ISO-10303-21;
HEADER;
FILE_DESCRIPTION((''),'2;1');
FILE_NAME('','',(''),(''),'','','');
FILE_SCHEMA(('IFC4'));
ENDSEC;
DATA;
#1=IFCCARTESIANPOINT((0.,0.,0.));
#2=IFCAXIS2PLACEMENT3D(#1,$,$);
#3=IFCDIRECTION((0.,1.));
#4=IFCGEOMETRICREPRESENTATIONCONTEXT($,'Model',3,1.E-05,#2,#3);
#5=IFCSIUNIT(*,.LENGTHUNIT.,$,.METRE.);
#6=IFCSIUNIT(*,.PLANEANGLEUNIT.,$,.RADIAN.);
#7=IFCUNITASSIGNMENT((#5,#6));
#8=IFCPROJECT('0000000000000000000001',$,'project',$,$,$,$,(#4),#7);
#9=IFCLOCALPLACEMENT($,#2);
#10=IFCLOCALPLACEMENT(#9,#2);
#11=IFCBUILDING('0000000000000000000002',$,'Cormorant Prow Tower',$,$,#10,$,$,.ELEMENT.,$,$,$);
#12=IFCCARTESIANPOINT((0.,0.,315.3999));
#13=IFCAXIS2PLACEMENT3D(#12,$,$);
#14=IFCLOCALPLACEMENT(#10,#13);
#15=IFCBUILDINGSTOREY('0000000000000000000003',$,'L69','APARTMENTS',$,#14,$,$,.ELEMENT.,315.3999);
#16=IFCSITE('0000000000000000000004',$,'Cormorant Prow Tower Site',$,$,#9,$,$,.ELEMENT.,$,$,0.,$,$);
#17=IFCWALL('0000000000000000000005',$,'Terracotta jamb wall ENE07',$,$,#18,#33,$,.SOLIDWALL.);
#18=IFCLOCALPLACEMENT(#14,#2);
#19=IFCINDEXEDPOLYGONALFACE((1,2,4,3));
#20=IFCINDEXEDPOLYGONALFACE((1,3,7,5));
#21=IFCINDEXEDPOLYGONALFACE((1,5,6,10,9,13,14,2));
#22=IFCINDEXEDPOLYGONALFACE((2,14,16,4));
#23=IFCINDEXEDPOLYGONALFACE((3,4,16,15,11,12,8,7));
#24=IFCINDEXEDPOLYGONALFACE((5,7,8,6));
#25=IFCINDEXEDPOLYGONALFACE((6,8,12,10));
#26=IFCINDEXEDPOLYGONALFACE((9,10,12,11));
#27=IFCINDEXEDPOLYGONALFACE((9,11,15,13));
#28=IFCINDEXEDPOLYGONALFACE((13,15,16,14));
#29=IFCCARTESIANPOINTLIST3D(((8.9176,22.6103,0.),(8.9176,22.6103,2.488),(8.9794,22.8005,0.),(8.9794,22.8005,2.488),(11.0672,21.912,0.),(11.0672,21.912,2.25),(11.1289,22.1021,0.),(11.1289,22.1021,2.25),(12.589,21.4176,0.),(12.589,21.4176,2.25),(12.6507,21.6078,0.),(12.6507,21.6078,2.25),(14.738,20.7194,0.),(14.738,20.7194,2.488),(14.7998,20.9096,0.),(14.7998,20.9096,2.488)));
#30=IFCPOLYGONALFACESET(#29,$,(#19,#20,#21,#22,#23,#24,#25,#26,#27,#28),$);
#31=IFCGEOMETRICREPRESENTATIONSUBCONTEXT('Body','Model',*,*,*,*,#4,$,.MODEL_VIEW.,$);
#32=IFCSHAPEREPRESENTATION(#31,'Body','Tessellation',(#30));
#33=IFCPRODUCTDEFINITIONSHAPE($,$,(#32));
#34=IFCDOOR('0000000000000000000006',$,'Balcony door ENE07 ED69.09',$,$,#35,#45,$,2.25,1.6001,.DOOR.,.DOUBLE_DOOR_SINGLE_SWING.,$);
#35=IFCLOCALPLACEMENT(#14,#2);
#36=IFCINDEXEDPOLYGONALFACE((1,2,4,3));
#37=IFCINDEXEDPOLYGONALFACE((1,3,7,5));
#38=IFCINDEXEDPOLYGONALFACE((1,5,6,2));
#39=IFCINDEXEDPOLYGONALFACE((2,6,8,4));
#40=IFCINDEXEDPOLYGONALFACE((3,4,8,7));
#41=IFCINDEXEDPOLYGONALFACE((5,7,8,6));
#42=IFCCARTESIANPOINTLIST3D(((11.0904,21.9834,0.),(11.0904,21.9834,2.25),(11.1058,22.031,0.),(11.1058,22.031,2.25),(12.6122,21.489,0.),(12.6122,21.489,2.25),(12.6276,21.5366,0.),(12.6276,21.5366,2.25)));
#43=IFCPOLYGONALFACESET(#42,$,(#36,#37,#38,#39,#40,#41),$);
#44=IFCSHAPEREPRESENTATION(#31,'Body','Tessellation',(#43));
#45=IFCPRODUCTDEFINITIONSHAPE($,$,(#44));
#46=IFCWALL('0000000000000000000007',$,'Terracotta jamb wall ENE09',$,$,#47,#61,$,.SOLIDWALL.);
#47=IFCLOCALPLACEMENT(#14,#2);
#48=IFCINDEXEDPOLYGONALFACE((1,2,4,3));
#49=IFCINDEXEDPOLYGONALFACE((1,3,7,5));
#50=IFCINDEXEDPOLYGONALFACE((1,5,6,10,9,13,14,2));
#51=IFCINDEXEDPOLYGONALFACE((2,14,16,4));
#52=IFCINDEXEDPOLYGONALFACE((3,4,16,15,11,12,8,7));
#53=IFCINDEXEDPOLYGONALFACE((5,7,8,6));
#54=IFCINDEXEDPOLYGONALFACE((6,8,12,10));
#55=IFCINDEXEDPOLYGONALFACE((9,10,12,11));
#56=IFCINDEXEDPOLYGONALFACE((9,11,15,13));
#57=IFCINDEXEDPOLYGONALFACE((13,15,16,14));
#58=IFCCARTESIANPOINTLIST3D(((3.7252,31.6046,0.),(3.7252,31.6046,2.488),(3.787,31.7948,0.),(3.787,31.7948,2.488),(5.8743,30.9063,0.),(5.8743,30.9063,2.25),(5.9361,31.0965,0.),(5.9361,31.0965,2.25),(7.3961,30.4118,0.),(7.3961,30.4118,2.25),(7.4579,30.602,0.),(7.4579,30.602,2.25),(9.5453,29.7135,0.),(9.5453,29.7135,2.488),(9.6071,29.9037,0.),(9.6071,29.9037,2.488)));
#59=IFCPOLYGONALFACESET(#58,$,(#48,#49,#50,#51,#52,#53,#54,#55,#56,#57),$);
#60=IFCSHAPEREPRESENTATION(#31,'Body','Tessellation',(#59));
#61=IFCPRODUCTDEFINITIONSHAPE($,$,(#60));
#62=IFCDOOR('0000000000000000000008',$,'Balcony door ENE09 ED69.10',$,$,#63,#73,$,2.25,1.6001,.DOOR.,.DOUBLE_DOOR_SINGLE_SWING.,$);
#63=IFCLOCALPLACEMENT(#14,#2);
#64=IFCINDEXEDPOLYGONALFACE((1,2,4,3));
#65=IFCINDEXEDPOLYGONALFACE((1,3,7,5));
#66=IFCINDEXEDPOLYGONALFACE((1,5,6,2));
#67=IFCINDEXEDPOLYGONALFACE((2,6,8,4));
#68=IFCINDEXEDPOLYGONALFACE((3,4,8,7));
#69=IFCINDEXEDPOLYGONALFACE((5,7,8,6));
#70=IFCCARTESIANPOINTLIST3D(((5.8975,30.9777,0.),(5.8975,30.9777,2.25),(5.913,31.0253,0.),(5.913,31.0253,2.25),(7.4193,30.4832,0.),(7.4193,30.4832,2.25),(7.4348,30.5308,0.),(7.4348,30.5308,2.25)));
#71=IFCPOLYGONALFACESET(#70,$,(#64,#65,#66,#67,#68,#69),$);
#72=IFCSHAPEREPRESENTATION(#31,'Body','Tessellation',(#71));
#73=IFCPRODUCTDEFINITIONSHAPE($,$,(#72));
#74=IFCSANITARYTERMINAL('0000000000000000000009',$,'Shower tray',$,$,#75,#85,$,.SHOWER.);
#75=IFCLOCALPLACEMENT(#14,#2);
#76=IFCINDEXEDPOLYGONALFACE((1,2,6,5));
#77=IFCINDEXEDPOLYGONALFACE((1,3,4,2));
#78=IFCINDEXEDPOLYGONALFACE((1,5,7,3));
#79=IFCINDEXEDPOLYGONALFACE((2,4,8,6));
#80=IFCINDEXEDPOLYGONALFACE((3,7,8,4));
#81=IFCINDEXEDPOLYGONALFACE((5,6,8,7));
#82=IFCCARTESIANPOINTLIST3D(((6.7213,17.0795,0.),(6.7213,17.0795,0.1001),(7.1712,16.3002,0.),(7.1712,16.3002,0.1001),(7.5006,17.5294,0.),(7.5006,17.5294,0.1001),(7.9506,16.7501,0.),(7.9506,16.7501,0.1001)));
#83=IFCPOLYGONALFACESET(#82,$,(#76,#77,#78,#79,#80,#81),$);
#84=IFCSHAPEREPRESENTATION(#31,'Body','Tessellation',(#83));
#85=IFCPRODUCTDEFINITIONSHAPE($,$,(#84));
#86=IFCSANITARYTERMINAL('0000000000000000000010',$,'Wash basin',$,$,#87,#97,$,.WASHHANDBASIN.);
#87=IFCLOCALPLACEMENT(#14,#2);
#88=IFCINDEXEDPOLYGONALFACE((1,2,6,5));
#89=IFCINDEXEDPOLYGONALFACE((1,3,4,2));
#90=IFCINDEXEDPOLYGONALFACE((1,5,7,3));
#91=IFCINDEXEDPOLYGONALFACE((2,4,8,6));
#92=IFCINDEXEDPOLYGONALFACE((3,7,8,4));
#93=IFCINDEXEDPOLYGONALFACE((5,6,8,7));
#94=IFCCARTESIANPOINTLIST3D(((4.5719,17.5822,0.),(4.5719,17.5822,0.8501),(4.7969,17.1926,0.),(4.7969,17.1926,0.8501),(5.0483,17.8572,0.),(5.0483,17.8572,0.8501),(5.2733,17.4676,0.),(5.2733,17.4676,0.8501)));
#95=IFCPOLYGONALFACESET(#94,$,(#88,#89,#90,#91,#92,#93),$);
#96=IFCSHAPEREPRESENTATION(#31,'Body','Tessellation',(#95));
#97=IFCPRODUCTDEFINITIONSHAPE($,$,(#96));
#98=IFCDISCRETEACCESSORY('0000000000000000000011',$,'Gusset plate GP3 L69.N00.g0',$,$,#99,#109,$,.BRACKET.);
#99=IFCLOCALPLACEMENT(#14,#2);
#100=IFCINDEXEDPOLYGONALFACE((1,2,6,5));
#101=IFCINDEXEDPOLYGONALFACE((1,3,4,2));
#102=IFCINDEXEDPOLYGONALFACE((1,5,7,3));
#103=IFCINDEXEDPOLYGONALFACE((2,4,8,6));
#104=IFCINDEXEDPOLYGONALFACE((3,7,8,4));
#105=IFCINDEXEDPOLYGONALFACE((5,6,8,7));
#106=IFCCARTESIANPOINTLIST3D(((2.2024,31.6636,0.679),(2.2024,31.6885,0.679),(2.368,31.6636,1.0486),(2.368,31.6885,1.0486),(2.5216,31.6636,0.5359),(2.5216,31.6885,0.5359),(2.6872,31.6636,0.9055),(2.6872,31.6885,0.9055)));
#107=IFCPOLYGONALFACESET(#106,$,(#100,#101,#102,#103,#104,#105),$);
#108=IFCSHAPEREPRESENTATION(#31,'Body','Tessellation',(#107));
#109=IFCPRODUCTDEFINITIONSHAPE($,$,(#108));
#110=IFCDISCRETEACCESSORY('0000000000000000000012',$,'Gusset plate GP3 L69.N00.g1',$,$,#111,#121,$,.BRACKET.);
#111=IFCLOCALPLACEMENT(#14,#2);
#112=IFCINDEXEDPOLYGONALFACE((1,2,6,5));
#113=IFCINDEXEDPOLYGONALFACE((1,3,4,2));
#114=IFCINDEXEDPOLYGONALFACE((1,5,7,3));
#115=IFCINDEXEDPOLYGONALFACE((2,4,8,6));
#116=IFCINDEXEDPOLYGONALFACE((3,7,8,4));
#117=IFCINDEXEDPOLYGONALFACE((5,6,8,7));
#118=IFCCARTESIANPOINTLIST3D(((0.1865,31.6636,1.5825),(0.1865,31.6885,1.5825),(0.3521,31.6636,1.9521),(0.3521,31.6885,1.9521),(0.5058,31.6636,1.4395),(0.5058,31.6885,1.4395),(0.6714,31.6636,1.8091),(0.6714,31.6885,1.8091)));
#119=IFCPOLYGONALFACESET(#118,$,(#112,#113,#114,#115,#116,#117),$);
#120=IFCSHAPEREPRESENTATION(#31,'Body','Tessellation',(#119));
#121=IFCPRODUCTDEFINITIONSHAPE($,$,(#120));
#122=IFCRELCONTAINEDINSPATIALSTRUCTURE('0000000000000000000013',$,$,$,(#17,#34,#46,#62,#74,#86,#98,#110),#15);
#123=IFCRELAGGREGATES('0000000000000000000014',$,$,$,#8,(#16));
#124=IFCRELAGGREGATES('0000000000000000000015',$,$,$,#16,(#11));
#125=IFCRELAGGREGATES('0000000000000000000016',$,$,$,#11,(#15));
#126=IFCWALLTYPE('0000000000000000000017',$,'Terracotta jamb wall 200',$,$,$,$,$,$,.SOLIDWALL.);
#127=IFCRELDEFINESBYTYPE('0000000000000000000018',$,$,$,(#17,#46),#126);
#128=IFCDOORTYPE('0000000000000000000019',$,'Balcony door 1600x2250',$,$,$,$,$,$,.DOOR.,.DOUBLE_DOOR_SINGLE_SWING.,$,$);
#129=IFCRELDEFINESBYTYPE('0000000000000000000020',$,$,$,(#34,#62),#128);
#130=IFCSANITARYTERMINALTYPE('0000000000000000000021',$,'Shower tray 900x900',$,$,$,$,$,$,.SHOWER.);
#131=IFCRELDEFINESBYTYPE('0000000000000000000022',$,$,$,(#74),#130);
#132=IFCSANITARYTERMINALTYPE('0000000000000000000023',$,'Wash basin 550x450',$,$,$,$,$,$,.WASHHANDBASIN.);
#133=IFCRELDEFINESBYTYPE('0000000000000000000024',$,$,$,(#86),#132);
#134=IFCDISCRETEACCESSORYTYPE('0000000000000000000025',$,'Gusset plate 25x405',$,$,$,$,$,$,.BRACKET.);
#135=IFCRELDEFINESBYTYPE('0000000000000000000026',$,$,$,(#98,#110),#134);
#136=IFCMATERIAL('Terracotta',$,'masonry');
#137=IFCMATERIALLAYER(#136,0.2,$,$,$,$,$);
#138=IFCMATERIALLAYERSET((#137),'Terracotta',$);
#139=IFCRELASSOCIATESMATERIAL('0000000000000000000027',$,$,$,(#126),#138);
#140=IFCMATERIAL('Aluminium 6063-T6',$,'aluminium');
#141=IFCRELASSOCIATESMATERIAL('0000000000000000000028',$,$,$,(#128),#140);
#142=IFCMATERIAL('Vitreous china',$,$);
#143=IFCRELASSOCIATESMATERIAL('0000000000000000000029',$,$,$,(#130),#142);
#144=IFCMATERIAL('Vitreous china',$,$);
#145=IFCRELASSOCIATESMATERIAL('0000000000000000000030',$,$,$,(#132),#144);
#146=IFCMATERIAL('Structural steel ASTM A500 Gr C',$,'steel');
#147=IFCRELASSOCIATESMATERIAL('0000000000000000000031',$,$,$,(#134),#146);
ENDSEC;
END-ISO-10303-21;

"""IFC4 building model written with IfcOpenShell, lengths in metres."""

from ifc_helpers import new_model, si_unit, direction, frame, frame_2d, origin, origin_2d, place, context, subcontext, project, spatial, rectangle, extrude, material, layer, layer_set, material_profile, profile_set, type_object, element, fill, save


model = new_model("IFC4")

# Units and contexts
model_context = context("Model", 3, precision=1e-05, world=origin(), true_north=direction((0.0, 1.0)))
body_context = subcontext(model_context, "Body", "Model", "MODEL_VIEW")
ifc_project = project(units=[si_unit("LENGTHUNIT", "METRE"), si_unit("PLANEANGLEUNIT", "RADIAN")], contexts=[model_context])

# Site, building, storey
site_placement = place(None, origin())
site = spatial("IfcSite", under=ifc_project, at=site_placement, Name="Cormorant Prow Tower Site", CompositionType="ELEMENT", RefElevation=0.0)
building_placement = place(site_placement, origin())
building = spatial("IfcBuilding", under=site, at=building_placement, Name="Cormorant Prow Tower", CompositionType="ELEMENT")
storey_placement = place(building_placement, frame((0.0, 0.0, 315.3999)))
storey = spatial("IfcBuildingStorey", under=building, at=storey_placement, Name="L69", Description="APARTMENTS", CompositionType="ELEMENT", Elevation=315.3999)

# Walls, openings, doors
ifc_material_1 = material(Name="Terracotta", Category="masonry")
ifc_layer_1 = layer(ifc_material_1, 0.2)
ifc_layer_set_1 = layer_set([ifc_layer_1], Name="Terracotta")
wall_type_1 = type_object("IfcWallType", Name="Terracotta jamb wall 200", PredefinedType="SOLIDWALL", material=ifc_layer_set_1)
wall_1_placement = place(storey_placement, frame((14.769, 20.8145, 0.0), z_axis=(0.0, 0.0, 1.0), x_axis=(-0.951069, 0.308978, 0.0)))
wall_1 = element("IfcWall", 1, at=wall_1_placement, inside=storey, type_object=wall_type_1, Name="Terracotta jamb wall ENE07", PredefinedType="SOLIDWALL", context=body_context, shape_type="SweptSolid", body=[
    extrude(rectangle(XDim=6.1199, YDim=0.2, at=frame_2d((3.0601, 0.0))), origin(), (0.0, 0.0, 1.0), 2.488),
])
opening_1_placement = place(wall_1_placement, frame((2.2598, 0.0, 0.0)))
opening_1 = element("IfcOpeningElement", 2, at=opening_1_placement, cuts=wall_1, PredefinedType="OPENING", context=body_context, shape_type="SweptSolid", body=[
    extrude(rectangle(XDim=1.6001, YDim=2.25, at=frame_2d((0.8, 1.125))), frame((0.0, 0.1099, 0.0), z_axis=(0.0, -1.0, 0.0), x_axis=(1.0, 0.0, 0.0)), (0.0, 0.0, 1.0), 0.22),
])
ifc_material_2 = material(Name="Aluminium 6063-T6", Category="aluminium")
door_type_1 = type_object("IfcDoorType", Name="Balcony door 1600x2250", OperationType="DOUBLE_DOOR_SINGLE_SWING", PredefinedType="DOOR", material=ifc_material_2)
door_1_placement = place(opening_1_placement, origin())
door_1 = element("IfcDoor", 3, at=door_1_placement, inside=storey, type_object=door_type_1, Name="Balcony door ENE07 ED69.09", OperationType="DOUBLE_DOOR_SINGLE_SWING", OverallHeight=2.25, OverallWidth=1.6001, PredefinedType="DOOR", context=body_context, shape_type="SweptSolid", body=[
    extrude(rectangle(XDim=1.6001, YDim=2.25, at=frame_2d((0.8, 1.125))), frame((0.0, 0.0249, 0.0), z_axis=(0.0, -1.0, 0.0), x_axis=(1.0, 0.0, 0.0)), (0.0, 0.0, 1.0), 0.05),
])
fill(opening_1, door_1)
wall_2_placement = place(storey_placement, frame((9.5762, 29.8086, 0.0), z_axis=(0.0, 0.0, 1.0), x_axis=(-0.951054, 0.309026, 0.0)))
wall_2 = element("IfcWall", 4, at=wall_2_placement, inside=storey, type_object=wall_type_1, Name="Terracotta jamb wall ENE09", PredefinedType="SOLIDWALL", context=body_context, shape_type="SweptSolid", body=[
    extrude(rectangle(XDim=6.1196, YDim=0.2, at=frame_2d((3.0598, 0.0))), origin(), (0.0, 0.0, 1.0), 2.488),
])
opening_2_placement = place(wall_2_placement, frame((2.2598, 0.0, 0.0)))
opening_2 = element("IfcOpeningElement", 5, at=opening_2_placement, cuts=wall_2, PredefinedType="OPENING", context=body_context, shape_type="SweptSolid", body=[
    extrude(rectangle(XDim=1.6001, YDim=2.25, at=frame_2d((0.8, 1.125))), frame((0.0, 0.1099, 0.0), z_axis=(0.0, -1.0, 0.0), x_axis=(1.0, 0.0, 0.0)), (0.0, 0.0, 1.0), 0.22),
])
door_2_placement = place(opening_2_placement, origin())
door_2 = element("IfcDoor", 6, at=door_2_placement, inside=storey, type_object=door_type_1, Name="Balcony door ENE09 ED69.10", OperationType="DOUBLE_DOOR_SINGLE_SWING", OverallHeight=2.25, OverallWidth=1.6001, PredefinedType="DOOR", context=body_context, shape_type="SweptSolid", body=[
    extrude(rectangle(XDim=1.6001, YDim=2.25, at=frame_2d((0.8, 1.125))), frame((0.0, 0.0249, 0.0), z_axis=(0.0, -1.0, 0.0), x_axis=(1.0, 0.0, 0.0)), (0.0, 0.0, 1.0), 0.05),
])
fill(opening_2, door_2)

# Sanitary terminals
ifc_material_3 = material(Name="Vitreous china")
sanitary_terminal_type_1 = type_object("IfcSanitaryTerminalType", Name="Shower tray 900x900", PredefinedType="SHOWER", material=ifc_material_3)
sanitary_terminal_1_placement = place(storey_placement, frame((7.3359, 16.9148, 0.0), z_axis=(0.0, 0.0, 1.0), x_axis=(-0.866025, -0.5, 0.0)))
element("IfcSanitaryTerminal", 7, at=sanitary_terminal_1_placement, inside=storey, type_object=sanitary_terminal_type_1, Name="Shower tray", PredefinedType="SHOWER", context=body_context, shape_type="SweptSolid", body=[
    extrude(rectangle(XDim=0.8999, YDim=0.8999, at=origin_2d()), origin(), (0.0, 0.0, 1.0), 0.1001),
])
ifc_material_4 = material(Name="Vitreous china")
sanitary_terminal_type_2 = type_object("IfcSanitaryTerminalType", Name="Wash basin 550x450", PredefinedType="WASHHANDBASIN", material=ifc_material_4)
sanitary_terminal_2_placement = place(storey_placement, frame((4.9226, 17.5249, 0.0), z_axis=(0.0, 0.0, 1.0), x_axis=(0.866025, 0.5, 0.0)))
element("IfcSanitaryTerminal", 8, at=sanitary_terminal_2_placement, inside=storey, type_object=sanitary_terminal_type_2, Name="Wash basin", PredefinedType="WASHHANDBASIN", context=body_context, shape_type="SweptSolid", body=[
    extrude(rectangle(XDim=0.55, YDim=0.45, at=origin_2d()), origin(), (0.0, 0.0, 1.0), 0.8501),
])

# Discrete accessories
ifc_material_5 = material(Name="Structural steel ASTM A500 Gr C", Category="steel")
ifc_material_profile_1 = material_profile(ifc_material_5, rectangle(XDim=0.0249, YDim=0.405, at=origin_2d()), Name="Gusset plate 25x405")
ifc_profile_set_1 = profile_set([ifc_material_profile_1], Name="Structural steel ASTM A500 Gr C")
discrete_accessory_type = type_object("IfcDiscreteAccessoryType", Name="Gusset plate 25x405", PredefinedType="BRACKET", material=ifc_profile_set_1)
for number, where, z_axis, x_axis, name in (
    (9, (2.2852, 31.676, 0.8638), (0.912599, 0.0, -0.408856), (0.0, 1.0, 0.0), "Gusset plate GP3 L69.N00.g0"),
    (10, (0.5886, 31.676, 1.6243), (-0.912599, 0.0, 0.408856), (0.0, -1.0, 0.0), "Gusset plate GP3 L69.N00.g1"),
):
    element("IfcDiscreteAccessory", number, at=place(storey_placement, frame(where, z_axis=z_axis, x_axis=x_axis)), inside=storey, type_object=discrete_accessory_type, Name=name, PredefinedType="BRACKET", context=body_context, shape_type="SweptSolid", body=[
        extrude(rectangle(XDim=0.0249, YDim=0.405, at=origin_2d()), origin(), (0.0, 0.0, 1.0), 0.3499),
    ])

save(model, "model.ifc")
